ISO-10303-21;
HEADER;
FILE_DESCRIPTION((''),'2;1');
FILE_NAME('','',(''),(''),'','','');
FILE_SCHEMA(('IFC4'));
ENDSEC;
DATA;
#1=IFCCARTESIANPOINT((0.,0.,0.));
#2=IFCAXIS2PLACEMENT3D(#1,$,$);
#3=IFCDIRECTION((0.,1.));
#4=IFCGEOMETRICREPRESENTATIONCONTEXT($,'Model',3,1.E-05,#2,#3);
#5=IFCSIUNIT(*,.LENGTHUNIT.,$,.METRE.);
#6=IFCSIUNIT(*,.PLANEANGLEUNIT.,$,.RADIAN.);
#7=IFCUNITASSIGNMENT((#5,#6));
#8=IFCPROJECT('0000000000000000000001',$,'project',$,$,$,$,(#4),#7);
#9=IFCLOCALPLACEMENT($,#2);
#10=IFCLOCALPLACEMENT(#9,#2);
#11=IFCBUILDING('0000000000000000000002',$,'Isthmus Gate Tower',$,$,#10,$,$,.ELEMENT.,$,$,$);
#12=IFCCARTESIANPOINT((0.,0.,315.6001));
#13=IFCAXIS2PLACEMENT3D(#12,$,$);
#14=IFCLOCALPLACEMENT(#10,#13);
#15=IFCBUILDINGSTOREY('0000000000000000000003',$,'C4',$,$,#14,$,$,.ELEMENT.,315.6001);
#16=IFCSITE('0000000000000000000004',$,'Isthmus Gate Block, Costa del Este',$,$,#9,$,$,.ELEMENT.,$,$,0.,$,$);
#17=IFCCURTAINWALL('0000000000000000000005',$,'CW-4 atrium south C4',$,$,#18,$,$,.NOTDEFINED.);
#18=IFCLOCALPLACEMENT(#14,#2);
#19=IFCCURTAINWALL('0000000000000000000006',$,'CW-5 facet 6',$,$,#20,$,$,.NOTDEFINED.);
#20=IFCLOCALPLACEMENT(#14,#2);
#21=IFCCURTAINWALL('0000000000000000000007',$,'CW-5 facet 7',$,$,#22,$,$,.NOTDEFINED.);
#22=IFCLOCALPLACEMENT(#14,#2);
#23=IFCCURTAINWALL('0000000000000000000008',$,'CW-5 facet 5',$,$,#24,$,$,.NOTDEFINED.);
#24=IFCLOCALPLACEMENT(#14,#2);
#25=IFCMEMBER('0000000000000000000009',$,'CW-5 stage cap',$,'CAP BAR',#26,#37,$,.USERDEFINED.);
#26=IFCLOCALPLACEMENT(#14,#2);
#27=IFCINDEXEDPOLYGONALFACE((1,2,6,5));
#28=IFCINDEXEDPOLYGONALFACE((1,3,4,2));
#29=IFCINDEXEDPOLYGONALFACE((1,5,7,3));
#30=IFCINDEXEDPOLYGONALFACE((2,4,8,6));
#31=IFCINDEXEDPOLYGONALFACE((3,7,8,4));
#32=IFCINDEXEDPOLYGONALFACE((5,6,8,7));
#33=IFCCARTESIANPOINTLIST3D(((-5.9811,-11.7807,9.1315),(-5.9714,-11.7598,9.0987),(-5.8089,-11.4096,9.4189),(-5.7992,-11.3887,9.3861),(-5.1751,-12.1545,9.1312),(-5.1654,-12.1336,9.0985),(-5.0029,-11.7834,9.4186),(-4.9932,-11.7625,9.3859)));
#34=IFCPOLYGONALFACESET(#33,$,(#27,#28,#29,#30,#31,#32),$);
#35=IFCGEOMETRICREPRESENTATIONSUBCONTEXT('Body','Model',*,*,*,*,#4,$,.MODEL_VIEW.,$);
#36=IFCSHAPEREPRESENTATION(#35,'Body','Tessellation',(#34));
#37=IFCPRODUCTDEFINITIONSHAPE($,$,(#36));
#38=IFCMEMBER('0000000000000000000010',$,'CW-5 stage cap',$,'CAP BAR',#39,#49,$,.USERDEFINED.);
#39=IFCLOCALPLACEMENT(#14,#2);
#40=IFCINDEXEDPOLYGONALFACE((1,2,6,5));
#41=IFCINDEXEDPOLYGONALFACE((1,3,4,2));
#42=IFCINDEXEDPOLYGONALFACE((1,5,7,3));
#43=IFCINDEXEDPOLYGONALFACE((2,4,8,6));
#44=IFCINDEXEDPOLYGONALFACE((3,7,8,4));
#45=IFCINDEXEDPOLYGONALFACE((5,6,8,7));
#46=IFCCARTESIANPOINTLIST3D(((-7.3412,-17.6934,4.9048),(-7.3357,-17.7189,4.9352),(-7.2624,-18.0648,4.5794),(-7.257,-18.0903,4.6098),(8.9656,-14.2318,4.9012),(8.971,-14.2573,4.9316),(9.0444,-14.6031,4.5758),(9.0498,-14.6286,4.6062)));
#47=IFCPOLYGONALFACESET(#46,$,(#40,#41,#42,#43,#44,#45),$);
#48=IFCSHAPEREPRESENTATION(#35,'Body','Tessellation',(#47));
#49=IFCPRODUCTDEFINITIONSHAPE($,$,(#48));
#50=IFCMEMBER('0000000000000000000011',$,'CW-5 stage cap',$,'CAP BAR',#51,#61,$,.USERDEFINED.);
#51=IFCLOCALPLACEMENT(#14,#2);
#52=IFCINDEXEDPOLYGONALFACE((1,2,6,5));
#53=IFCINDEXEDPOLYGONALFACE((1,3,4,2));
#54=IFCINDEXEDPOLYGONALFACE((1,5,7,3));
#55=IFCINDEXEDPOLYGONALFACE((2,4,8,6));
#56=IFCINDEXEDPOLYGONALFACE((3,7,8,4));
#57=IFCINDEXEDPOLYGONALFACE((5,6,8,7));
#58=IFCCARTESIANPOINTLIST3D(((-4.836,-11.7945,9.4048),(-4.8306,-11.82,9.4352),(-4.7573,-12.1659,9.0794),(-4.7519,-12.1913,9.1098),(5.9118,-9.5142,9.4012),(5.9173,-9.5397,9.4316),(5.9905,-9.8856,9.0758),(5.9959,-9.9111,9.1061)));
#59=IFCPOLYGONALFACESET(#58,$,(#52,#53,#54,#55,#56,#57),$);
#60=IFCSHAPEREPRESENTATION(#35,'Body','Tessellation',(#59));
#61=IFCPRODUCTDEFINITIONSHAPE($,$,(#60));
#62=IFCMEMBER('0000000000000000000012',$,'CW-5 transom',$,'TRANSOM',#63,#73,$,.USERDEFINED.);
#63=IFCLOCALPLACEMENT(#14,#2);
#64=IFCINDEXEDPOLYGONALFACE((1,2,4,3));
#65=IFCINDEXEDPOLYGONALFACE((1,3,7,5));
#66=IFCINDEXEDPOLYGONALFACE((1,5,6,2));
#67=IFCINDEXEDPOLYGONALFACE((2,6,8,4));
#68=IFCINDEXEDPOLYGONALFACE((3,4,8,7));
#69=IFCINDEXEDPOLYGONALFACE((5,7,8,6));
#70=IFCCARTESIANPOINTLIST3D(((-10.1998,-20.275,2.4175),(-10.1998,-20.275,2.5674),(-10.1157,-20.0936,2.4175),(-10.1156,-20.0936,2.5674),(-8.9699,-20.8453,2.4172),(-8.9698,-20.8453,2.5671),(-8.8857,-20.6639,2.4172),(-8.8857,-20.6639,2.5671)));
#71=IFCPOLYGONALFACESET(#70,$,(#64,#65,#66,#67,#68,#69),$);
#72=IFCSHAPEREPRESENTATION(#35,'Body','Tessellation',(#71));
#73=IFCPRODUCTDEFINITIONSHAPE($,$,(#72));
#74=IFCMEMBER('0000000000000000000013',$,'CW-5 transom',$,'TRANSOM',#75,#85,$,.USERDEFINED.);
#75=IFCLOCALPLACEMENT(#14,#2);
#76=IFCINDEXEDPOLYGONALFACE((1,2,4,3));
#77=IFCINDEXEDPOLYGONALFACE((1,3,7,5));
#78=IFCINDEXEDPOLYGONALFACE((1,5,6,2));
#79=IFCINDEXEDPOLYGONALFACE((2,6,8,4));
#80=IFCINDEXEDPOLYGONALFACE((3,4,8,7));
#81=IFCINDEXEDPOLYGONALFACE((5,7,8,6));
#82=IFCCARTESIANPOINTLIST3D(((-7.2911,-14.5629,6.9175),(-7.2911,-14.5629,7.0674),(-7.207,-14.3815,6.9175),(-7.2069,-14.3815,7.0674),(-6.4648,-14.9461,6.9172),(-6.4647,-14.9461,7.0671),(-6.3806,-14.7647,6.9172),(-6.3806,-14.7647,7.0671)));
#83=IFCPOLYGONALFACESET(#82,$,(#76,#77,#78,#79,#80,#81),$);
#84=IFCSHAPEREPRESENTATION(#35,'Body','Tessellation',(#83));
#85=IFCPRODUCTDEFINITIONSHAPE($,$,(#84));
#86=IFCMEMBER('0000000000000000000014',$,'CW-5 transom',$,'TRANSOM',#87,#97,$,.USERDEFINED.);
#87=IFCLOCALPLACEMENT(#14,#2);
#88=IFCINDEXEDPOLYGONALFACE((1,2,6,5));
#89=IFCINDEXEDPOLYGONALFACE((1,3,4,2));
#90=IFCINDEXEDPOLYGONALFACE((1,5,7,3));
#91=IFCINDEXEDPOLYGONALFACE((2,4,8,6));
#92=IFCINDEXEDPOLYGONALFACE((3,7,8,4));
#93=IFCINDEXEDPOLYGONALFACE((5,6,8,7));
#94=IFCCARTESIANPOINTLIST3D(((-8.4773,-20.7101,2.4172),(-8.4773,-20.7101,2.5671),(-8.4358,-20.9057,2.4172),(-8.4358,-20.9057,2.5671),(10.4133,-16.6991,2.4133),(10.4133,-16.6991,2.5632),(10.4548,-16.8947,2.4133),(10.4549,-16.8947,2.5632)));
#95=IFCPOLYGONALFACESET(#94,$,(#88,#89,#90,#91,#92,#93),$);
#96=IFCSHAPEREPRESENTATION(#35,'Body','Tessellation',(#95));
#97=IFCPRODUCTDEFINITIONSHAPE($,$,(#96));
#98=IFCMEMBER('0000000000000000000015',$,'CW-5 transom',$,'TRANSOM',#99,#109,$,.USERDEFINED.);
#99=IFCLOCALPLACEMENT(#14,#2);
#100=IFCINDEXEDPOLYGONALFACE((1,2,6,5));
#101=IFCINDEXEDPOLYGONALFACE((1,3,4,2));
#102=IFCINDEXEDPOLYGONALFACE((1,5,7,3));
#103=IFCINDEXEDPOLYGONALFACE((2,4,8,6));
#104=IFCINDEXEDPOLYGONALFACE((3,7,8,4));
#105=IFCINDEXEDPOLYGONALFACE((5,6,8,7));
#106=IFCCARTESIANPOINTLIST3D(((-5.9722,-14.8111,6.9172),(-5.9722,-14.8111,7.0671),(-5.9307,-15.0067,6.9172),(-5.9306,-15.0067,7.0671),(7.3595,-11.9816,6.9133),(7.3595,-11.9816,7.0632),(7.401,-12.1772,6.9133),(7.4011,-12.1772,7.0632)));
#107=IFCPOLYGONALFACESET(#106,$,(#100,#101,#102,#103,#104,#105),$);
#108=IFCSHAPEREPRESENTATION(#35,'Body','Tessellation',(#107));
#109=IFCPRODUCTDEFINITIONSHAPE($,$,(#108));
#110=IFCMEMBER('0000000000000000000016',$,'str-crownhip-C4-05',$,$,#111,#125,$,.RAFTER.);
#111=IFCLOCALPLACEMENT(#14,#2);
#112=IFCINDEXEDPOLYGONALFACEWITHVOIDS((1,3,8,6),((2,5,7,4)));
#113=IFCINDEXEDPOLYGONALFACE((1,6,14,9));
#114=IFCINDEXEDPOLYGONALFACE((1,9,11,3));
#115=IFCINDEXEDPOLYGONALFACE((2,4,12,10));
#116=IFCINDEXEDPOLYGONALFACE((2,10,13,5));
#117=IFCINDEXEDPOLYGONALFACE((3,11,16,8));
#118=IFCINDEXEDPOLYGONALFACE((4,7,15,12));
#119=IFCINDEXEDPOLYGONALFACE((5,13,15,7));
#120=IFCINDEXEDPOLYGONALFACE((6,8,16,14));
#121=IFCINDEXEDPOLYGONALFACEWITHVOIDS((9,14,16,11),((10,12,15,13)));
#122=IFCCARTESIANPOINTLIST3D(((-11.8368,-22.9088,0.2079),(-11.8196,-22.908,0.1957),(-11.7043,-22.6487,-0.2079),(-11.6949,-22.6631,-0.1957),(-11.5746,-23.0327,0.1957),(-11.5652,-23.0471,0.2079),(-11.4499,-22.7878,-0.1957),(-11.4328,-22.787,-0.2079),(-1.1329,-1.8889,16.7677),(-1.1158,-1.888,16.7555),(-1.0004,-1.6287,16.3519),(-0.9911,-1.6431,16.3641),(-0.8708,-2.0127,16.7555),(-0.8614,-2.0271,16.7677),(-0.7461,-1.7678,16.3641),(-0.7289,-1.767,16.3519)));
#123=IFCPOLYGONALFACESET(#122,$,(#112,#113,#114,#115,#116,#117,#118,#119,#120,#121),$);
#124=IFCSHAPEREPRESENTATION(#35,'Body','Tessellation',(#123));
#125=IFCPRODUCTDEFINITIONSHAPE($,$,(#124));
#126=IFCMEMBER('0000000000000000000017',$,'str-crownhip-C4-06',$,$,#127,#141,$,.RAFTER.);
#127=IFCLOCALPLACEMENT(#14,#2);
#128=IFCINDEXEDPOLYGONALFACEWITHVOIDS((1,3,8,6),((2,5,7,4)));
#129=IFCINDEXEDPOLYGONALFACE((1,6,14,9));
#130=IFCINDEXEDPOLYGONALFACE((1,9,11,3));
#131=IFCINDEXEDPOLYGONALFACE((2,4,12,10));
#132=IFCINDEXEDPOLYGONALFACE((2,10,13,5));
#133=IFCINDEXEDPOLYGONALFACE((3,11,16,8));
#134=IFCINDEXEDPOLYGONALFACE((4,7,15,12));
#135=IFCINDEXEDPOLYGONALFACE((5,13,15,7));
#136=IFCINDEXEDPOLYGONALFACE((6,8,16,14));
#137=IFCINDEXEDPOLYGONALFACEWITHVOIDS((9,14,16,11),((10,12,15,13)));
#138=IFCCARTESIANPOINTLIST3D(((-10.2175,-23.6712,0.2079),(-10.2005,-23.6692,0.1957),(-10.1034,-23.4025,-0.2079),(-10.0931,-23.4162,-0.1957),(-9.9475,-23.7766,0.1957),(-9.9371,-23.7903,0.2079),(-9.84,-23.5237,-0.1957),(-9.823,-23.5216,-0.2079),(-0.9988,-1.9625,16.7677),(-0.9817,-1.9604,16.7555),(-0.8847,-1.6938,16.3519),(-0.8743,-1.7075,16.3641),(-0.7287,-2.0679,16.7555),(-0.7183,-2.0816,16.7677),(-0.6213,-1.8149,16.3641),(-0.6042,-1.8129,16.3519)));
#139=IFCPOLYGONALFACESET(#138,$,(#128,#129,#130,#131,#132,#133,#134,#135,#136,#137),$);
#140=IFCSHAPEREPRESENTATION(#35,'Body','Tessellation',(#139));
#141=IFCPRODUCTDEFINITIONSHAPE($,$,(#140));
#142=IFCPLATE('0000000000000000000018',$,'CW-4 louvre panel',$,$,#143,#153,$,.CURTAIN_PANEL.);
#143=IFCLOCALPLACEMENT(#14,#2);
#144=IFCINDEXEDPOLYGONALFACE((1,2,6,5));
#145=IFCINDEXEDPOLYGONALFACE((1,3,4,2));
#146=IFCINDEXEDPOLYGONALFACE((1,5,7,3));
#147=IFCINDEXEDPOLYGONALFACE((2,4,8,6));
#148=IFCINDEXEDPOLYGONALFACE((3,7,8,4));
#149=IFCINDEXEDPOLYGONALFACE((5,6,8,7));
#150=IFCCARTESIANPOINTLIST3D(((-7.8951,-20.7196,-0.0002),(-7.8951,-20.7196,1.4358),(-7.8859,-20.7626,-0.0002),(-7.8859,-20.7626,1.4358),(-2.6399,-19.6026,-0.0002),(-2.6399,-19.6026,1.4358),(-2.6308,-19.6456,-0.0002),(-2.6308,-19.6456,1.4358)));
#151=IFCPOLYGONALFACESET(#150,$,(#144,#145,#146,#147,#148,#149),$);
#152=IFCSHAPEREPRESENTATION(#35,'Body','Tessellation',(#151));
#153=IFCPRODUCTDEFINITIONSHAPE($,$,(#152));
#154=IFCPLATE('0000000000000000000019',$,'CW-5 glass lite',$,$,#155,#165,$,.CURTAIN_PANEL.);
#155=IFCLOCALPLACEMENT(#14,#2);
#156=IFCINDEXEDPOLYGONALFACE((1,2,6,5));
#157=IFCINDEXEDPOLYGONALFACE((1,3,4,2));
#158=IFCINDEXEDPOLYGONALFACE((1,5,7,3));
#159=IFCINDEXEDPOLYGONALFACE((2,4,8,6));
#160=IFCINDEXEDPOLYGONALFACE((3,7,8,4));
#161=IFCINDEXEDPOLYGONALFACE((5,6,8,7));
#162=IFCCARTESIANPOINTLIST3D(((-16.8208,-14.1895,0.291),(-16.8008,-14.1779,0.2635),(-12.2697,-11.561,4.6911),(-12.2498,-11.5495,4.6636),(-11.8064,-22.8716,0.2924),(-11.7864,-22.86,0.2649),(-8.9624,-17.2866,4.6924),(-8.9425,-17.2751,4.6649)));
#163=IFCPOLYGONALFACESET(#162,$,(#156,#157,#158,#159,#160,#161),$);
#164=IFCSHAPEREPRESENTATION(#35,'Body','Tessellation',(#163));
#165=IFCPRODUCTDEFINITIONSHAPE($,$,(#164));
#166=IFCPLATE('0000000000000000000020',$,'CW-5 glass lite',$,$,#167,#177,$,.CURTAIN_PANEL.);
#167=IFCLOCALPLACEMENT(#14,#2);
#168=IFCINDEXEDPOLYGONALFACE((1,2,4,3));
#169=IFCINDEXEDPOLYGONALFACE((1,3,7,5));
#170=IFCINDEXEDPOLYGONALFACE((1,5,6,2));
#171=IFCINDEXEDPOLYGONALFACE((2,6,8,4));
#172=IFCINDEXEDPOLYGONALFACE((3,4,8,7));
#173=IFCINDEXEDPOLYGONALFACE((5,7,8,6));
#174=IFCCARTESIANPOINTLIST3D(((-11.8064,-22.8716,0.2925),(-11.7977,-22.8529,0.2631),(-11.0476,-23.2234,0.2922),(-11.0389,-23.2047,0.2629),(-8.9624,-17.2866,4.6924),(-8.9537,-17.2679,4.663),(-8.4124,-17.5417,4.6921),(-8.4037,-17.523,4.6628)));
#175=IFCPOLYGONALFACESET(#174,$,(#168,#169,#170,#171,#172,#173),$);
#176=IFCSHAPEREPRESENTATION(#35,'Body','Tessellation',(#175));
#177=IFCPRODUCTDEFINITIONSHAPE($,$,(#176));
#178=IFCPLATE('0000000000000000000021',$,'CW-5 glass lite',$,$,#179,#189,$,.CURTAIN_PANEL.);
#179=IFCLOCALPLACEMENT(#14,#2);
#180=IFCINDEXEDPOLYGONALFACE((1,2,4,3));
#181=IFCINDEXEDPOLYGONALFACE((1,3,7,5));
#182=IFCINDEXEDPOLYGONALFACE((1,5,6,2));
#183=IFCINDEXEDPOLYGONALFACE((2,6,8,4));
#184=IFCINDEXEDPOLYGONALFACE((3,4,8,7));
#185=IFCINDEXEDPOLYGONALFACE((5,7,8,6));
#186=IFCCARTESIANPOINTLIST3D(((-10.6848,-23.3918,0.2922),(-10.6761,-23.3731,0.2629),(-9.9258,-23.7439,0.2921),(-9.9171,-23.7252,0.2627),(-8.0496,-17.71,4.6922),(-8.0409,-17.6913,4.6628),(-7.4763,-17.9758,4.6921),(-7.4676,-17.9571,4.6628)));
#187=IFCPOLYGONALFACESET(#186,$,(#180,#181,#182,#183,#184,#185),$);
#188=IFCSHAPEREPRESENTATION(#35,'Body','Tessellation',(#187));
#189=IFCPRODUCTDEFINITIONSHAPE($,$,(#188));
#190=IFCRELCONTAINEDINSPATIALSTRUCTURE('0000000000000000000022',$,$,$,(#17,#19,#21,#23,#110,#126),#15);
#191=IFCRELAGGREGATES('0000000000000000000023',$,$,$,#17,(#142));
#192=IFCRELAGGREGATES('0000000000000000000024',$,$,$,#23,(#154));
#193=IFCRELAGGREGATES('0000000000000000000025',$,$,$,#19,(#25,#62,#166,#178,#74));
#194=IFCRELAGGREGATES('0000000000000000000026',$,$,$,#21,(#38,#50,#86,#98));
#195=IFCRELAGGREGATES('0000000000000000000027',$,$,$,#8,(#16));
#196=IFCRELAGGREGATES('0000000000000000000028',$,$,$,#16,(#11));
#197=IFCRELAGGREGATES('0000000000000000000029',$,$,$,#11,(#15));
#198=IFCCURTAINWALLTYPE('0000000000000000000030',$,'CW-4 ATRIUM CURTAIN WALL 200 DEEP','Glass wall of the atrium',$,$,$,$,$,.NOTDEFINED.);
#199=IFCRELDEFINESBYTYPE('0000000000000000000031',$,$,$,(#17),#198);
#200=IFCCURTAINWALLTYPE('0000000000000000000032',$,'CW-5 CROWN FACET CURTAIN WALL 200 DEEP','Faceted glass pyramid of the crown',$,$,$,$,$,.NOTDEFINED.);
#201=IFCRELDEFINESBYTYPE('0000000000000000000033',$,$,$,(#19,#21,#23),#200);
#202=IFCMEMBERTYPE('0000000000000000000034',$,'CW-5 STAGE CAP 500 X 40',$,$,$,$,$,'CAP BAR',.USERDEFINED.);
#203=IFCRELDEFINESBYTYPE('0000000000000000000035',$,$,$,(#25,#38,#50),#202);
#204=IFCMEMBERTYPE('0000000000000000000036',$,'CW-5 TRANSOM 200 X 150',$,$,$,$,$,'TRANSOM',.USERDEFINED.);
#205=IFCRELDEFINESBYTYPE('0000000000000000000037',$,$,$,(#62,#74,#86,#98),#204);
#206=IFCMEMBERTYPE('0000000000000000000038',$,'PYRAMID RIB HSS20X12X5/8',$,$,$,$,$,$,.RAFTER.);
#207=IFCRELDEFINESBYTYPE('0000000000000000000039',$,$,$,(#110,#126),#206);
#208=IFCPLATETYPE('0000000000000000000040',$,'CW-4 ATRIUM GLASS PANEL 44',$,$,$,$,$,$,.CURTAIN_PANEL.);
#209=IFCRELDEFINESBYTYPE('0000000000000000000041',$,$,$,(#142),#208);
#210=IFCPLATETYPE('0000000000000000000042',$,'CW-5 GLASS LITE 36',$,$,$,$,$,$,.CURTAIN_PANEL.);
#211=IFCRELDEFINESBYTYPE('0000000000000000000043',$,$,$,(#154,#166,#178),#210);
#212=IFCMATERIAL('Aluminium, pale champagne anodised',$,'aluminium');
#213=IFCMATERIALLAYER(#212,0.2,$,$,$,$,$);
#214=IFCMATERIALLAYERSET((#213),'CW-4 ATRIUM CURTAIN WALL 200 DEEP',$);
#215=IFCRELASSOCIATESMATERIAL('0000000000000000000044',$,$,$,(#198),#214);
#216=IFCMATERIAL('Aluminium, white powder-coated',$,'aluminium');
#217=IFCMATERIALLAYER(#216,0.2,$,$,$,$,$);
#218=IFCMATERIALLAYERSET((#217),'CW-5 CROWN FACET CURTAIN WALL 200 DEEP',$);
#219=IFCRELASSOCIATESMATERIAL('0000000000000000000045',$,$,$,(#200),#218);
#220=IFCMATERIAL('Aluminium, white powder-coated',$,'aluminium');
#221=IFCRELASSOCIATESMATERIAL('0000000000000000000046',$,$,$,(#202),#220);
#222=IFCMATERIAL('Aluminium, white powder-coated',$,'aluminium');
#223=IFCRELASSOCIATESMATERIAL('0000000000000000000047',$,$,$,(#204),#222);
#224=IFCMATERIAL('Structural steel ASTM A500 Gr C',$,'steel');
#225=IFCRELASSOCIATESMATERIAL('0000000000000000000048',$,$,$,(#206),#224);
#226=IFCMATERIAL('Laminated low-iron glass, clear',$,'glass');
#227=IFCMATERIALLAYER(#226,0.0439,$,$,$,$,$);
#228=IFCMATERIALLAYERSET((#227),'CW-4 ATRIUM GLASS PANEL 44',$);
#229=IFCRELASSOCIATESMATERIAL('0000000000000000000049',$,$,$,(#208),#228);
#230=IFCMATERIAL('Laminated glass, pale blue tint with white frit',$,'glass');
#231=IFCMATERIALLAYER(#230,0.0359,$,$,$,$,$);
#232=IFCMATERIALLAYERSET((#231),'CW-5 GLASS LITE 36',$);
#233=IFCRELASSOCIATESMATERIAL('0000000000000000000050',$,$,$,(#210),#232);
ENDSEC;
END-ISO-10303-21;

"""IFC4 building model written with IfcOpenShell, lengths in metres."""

from ifc_helpers import new_model, si_unit, direction, frame, origin, origin_2d, place, context, subcontext, project, spatial, polyline, rectangle, hollow_rectangle, outline, extrude, material, layer, layer_set, material_profile, profile_set, type_object, element, aggregate, save


model = new_model("IFC4")

# Units and contexts
model_context = context("Model", 3, precision=1e-05, world=origin(), true_north=direction((0.0, 1.0)))
body_context = subcontext(model_context, "Body", "Model", "MODEL_VIEW")
ifc_project = project(units=[si_unit("LENGTHUNIT", "METRE"), si_unit("PLANEANGLEUNIT", "RADIAN")], contexts=[model_context])

# Site, building, storey
site_placement = place(None, origin())
site = spatial("IfcSite", under=ifc_project, at=site_placement, Name="Isthmus Gate Block, Costa del Este", CompositionType="ELEMENT", RefElevation=0.0)
building_placement = place(site_placement, origin())
building = spatial("IfcBuilding", under=site, at=building_placement, Name="Isthmus Gate Tower", CompositionType="ELEMENT")
storey_placement = place(building_placement, frame((0.0, 0.0, 315.6001)))
storey = spatial("IfcBuildingStorey", under=building, at=storey_placement, Name="C4", CompositionType="ELEMENT", Elevation=315.6001)

# Curtain wall
ifc_material_1 = material(Name="Aluminium, pale champagne anodised", Category="aluminium")
ifc_layer_1 = layer(ifc_material_1, 0.2)
ifc_layer_set_1 = layer_set([ifc_layer_1], Name="CW-4 ATRIUM CURTAIN WALL 200 DEEP")
curtain_wall_type_1 = type_object("IfcCurtainWallType", Name="CW-4 ATRIUM CURTAIN WALL 200 DEEP", Description="Glass wall of the atrium", PredefinedType="NOTDEFINED", material=ifc_layer_set_1)
curtain_wall_1_placement = place(storey_placement, origin())
curtain_wall_1 = element("IfcCurtainWall", 1, at=curtain_wall_1_placement, inside=storey, type_object=curtain_wall_type_1, Name="CW-4 atrium south C4", PredefinedType="NOTDEFINED")

# Curtain walls
ifc_material_2 = material(Name="Aluminium, white powder-coated", Category="aluminium")
ifc_layer_2 = layer(ifc_material_2, 0.2)
ifc_layer_set_2 = layer_set([ifc_layer_2], Name="CW-5 CROWN FACET CURTAIN WALL 200 DEEP")
curtain_wall_type_2 = type_object("IfcCurtainWallType", Name="CW-5 CROWN FACET CURTAIN WALL 200 DEEP", Description="Faceted glass pyramid of the crown", PredefinedType="NOTDEFINED", material=ifc_layer_set_2)
curtain_wall_2_placement = place(storey_placement, origin())
curtain_wall_2 = element("IfcCurtainWall", 2, at=curtain_wall_2_placement, inside=storey, type_object=curtain_wall_type_2, Name="CW-5 facet 6", PredefinedType="NOTDEFINED")
curtain_wall_3_placement = place(storey_placement, origin())
curtain_wall_3 = element("IfcCurtainWall", 3, at=curtain_wall_3_placement, inside=storey, type_object=curtain_wall_type_2, Name="CW-5 facet 7", PredefinedType="NOTDEFINED")
curtain_wall_4_placement = place(storey_placement, origin())
curtain_wall_4 = element("IfcCurtainWall", 4, at=curtain_wall_4_placement, inside=storey, type_object=curtain_wall_type_2, Name="CW-5 facet 5", PredefinedType="NOTDEFINED")

# Members
placement_1 = place(building_placement, frame((0.0, 0.0, 320.1001)))
ifc_material_3 = material(Name="Aluminium, white powder-coated", Category="aluminium")
ifc_material_profile_1 = material_profile(ifc_material_3, rectangle(XDim=0.5, YDim=0.04, at=origin_2d()), Name="500x40")
ifc_profile_set_1 = profile_set([ifc_material_profile_1], Name="Aluminium, white powder-coated")
member_type_1 = type_object("IfcMemberType", Name="CW-5 STAGE CAP 500 X 40", ElementType="CAP BAR", PredefinedType="USERDEFINED", material=ifc_profile_set_1)
member_1_placement = place(placement_1, frame((-5.8901, -11.5847, 4.7588), z_axis=(0.907178, -0.420748, -0.000275), x_axis=(0.344426, 0.742244, 0.574843)))
member_1 = element("IfcMember", 5, at=member_1_placement, type_object=member_type_1, Name="CW-5 stage cap", ObjectType="CAP BAR", PredefinedType="USERDEFINED", context=body_context, shape_type="SweptSolid", body=[
    extrude(rectangle(XDim=0.5, YDim=0.04, at=origin_2d()), origin(), (0.0, 0.0, 1.0), 0.8884),
])
member_2_placement = place(storey_placement, frame((-7.2991, -17.8918, 4.7573), z_axis=(0.978202, 0.207655, -0.00022), x_axis=(-0.157516, 0.742697, 0.650838)))
member_2 = element("IfcMember", 6, at=member_2_placement, type_object=member_type_1, Name="CW-5 stage cap", ObjectType="CAP BAR", PredefinedType="USERDEFINED", context=body_context, shape_type="SweptSolid", body=[
    extrude(rectangle(XDim=0.5, YDim=0.04, at=origin_2d()), origin(), (0.0, 0.0, 1.0), 16.6702),
])
member_3_placement = place(placement_1, frame((-4.7939, -11.9929, 4.7573), z_axis=(0.978226, 0.207542, -0.000333), x_axis=(-0.157357, 0.742731, 0.650838)))
member_3 = element("IfcMember", 7, at=member_3_placement, type_object=member_type_1, Name="CW-5 stage cap", ObjectType="CAP BAR", PredefinedType="USERDEFINED", context=body_context, shape_type="SweptSolid", body=[
    extrude(rectangle(XDim=0.5, YDim=0.04, at=origin_2d()), origin(), (0.0, 0.0, 1.0), 10.9871),
])
ifc_material_4 = material(Name="Aluminium, white powder-coated", Category="aluminium")
ifc_material_profile_2 = material_profile(ifc_material_4, rectangle(XDim=0.2, YDim=0.1499, at=origin_2d()), Name="200x150")
ifc_profile_set_2 = profile_set([ifc_material_profile_2], Name="Aluminium, white powder-coated")
member_type_2 = type_object("IfcMemberType", Name="CW-5 TRANSOM 200 X 150", ElementType="TRANSOM", PredefinedType="USERDEFINED", material=ifc_profile_set_2)
member_4_placement = place(storey_placement, frame((-10.1577, -20.1843, 2.4924), z_axis=(0.90722, -0.420656, -0.00018), x_axis=(0.420656, 0.90722, 0.0)))
member_4 = element("IfcMember", 8, at=member_4_placement, type_object=member_type_2, Name="CW-5 transom", ObjectType="TRANSOM", PredefinedType="USERDEFINED", context=body_context, shape_type="SweptSolid", body=[
    extrude(rectangle(XDim=0.2, YDim=0.1499, at=origin_2d()), origin(), (0.0, 0.0, 1.0), 1.3557),
])
member_5_placement = place(placement_1, frame((-7.249, -14.4722, 2.4924), z_axis=(0.907173, -0.420757, -0.000268), x_axis=(0.420757, 0.907173, 0.0)))
member_5 = element("IfcMember", 9, at=member_5_placement, type_object=member_type_2, Name="CW-5 transom", ObjectType="TRANSOM", PredefinedType="USERDEFINED", context=body_context, shape_type="SweptSolid", body=[
    extrude(rectangle(XDim=0.2, YDim=0.1499, at=origin_2d()), origin(), (0.0, 0.0, 1.0), 0.9109),
])
member_6_placement = place(storey_placement, frame((-8.4565, -20.8079, 2.4922), z_axis=(0.978193, 0.207697, -0.000202), x_axis=(-0.207697, 0.978193, 0.0)))
member_6 = element("IfcMember", 10, at=member_6_placement, type_object=member_type_2, Name="CW-5 transom", ObjectType="TRANSOM", PredefinedType="USERDEFINED", context=body_context, shape_type="SweptSolid", body=[
    extrude(rectangle(XDim=0.2, YDim=0.1499, at=origin_2d()), origin(), (0.0, 0.0, 1.0), 19.3118),
])
member_7_placement = place(placement_1, frame((-5.9514, -14.9089, 2.4922), z_axis=(0.97821, 0.207619, -0.000287), x_axis=(-0.207619, 0.97821, 0.0)))
member_7 = element("IfcMember", 11, at=member_7_placement, type_object=member_type_2, Name="CW-5 transom", ObjectType="TRANSOM", PredefinedType="USERDEFINED", context=body_context, shape_type="SweptSolid", body=[
    extrude(rectangle(XDim=0.2, YDim=0.1499, at=origin_2d()), origin(), (0.0, 0.0, 1.0), 13.6287),
])

# Members
ifc_material_5 = material(Name="Structural steel ASTM A500 Gr C", Category="steel")
ifc_material_profile_3 = material_profile(ifc_material_5, hollow_rectangle(XDim=0.3047, YDim=0.5081, WallThickness=0.0149, at=origin_2d()), Name="HSS20X12X5/8")
ifc_profile_set_3 = profile_set([ifc_material_profile_3], Name="Structural steel ASTM A500 Gr C")
member_type_3 = type_object("IfcMemberType", Name="PYRAMID RIB HSS20X12X5/8", PredefinedType="RAFTER", material=ifc_profile_set_3)
member_8_placement = place(storey_placement, frame((-11.6348, -22.8479, 0.0), z_axis=(0.371393, 0.729334, 0.574578), x_axis=(-0.891116, 0.453776, 0.0)))
element("IfcMember", 12, at=member_8_placement, inside=storey, type_object=member_type_3, Name="str-crownhip-C4-05", PredefinedType="RAFTER", context=body_context, shape_type="SweptSolid", body=[
    extrude(hollow_rectangle(XDim=0.3047, YDim=0.5081, WallThickness=0.0149, at=origin_2d()), origin(), (0.0, 0.0, 1.0), 28.8208),
])
member_9_placement = place(storey_placement, frame((-10.0203, -23.5964, 0.0), z_axis=(0.319895, 0.753303, 0.574633), x_axis=(-0.920445, 0.390873, 0.0)))
element("IfcMember", 13, at=member_9_placement, inside=storey, type_object=member_type_3, Name="str-crownhip-C4-06", PredefinedType="RAFTER", context=body_context, shape_type="SweptSolid", body=[
    extrude(hollow_rectangle(XDim=0.3047, YDim=0.5081, WallThickness=0.0149, at=origin_2d()), origin(), (0.0, 0.0, 1.0), 28.8181),
])

# Plates
ifc_material_6 = material(Name="Laminated low-iron glass, clear", Category="glass")
ifc_layer_3 = layer(ifc_material_6, 0.0439)
ifc_layer_set_3 = layer_set([ifc_layer_3], Name="CW-4 ATRIUM GLASS PANEL 44")
plate_type_1 = type_object("IfcPlateType", Name="CW-4 ATRIUM GLASS PANEL 44", PredefinedType="CURTAIN_PANEL", material=ifc_layer_set_3)
plate_1_placement = place(storey_placement, frame((-5.2629, -20.1826, -0.0002), z_axis=(0.0, 0.0, 1.0), x_axis=(0.978148, 0.207912, 0.0)))
plate_1 = element("IfcPlate", 14, at=plate_1_placement, type_object=plate_type_1, Name="CW-4 louvre panel", PredefinedType="CURTAIN_PANEL", context=body_context, shape_type="SweptSolid", body=[
    extrude(rectangle(XDim=5.3726, YDim=0.0439, at=origin_2d()), origin(), (0.0, 0.0, 1.0), 1.436),
])
aggregate(curtain_wall_1, [plate_1])
ifc_material_7 = material(Name="Laminated glass, pale blue tint with white frit", Category="glass")
ifc_layer_4 = layer(ifc_material_7, 0.0359)
ifc_layer_set_4 = layer_set([ifc_layer_4], Name="CW-5 GLASS LITE 36")
plate_type_2 = type_object("IfcPlateType", Name="CW-5 GLASS LITE 36", PredefinedType="CURTAIN_PANEL", material=ifc_layer_set_4)
plate_2_placement = place(storey_placement, frame((-16.8208, -14.1895, 0.291), z_axis=(-0.555945, -0.320966, 0.76675), x_axis=(0.500136, -0.865947, 0.000141)))
plate_2 = element("IfcPlate", 15, at=plate_2_placement, type_object=plate_type_2, Name="CW-5 glass lite", PredefinedType="CURTAIN_PANEL", context=body_context, shape_type="SweptSolid", body=[
    extrude(outline(polyline([(0.0, 0.0), (10.0261, 0.0), (6.6129, 6.8548), (0.0007, 6.8543), (0.0, 0.0)])), origin(), (0.0, 0.0, -1.0), 0.0359),
])
aggregate(curtain_wall_4, [plate_2])
plate_3_placement = place(storey_placement, frame((-11.8064, -22.8716, 0.2925), z_axis=(-0.24158, -0.521619, 0.818262), x_axis=(0.907232, -0.42063, -0.000293)))
plate_3 = element("IfcPlate", 16, at=plate_3_placement, type_object=plate_type_2, Name="CW-5 glass lite", PredefinedType="CURTAIN_PANEL", context=body_context, shape_type="SweptSolid", body=[
    extrude(outline(polyline([(0.0, 0.0), (0.8364, 0.0), (0.836, 7.6541), (0.2297, 7.6542), (0.0, 0.0)])), origin(), (0.0, 0.0, -1.0), 0.0359),
])
plate_4_placement = place(storey_placement, frame((-10.6848, -23.3918, 0.2922), z_axis=(-0.241743, -0.521538, 0.818266), x_axis=(0.907148, -0.420812, -0.00021)))
plate_4 = element("IfcPlate", 17, at=plate_4_placement, type_object=plate_type_2, Name="CW-5 glass lite", PredefinedType="CURTAIN_PANEL", context=body_context, shape_type="SweptSolid", body=[
    extrude(outline(polyline([(0.0, 0.0), (0.8367, 0.0), (0.6305, 7.6544), (-0.0014, 7.6542), (0.0, 0.0)])), origin(), (0.0, 0.0, -1.0), 0.0359),
])
aggregate(curtain_wall_2, [member_1, member_4, plate_3, plate_4, member_5])
aggregate(curtain_wall_3, [member_2, member_3, member_6, member_7])

save(model, "model.ifc")
